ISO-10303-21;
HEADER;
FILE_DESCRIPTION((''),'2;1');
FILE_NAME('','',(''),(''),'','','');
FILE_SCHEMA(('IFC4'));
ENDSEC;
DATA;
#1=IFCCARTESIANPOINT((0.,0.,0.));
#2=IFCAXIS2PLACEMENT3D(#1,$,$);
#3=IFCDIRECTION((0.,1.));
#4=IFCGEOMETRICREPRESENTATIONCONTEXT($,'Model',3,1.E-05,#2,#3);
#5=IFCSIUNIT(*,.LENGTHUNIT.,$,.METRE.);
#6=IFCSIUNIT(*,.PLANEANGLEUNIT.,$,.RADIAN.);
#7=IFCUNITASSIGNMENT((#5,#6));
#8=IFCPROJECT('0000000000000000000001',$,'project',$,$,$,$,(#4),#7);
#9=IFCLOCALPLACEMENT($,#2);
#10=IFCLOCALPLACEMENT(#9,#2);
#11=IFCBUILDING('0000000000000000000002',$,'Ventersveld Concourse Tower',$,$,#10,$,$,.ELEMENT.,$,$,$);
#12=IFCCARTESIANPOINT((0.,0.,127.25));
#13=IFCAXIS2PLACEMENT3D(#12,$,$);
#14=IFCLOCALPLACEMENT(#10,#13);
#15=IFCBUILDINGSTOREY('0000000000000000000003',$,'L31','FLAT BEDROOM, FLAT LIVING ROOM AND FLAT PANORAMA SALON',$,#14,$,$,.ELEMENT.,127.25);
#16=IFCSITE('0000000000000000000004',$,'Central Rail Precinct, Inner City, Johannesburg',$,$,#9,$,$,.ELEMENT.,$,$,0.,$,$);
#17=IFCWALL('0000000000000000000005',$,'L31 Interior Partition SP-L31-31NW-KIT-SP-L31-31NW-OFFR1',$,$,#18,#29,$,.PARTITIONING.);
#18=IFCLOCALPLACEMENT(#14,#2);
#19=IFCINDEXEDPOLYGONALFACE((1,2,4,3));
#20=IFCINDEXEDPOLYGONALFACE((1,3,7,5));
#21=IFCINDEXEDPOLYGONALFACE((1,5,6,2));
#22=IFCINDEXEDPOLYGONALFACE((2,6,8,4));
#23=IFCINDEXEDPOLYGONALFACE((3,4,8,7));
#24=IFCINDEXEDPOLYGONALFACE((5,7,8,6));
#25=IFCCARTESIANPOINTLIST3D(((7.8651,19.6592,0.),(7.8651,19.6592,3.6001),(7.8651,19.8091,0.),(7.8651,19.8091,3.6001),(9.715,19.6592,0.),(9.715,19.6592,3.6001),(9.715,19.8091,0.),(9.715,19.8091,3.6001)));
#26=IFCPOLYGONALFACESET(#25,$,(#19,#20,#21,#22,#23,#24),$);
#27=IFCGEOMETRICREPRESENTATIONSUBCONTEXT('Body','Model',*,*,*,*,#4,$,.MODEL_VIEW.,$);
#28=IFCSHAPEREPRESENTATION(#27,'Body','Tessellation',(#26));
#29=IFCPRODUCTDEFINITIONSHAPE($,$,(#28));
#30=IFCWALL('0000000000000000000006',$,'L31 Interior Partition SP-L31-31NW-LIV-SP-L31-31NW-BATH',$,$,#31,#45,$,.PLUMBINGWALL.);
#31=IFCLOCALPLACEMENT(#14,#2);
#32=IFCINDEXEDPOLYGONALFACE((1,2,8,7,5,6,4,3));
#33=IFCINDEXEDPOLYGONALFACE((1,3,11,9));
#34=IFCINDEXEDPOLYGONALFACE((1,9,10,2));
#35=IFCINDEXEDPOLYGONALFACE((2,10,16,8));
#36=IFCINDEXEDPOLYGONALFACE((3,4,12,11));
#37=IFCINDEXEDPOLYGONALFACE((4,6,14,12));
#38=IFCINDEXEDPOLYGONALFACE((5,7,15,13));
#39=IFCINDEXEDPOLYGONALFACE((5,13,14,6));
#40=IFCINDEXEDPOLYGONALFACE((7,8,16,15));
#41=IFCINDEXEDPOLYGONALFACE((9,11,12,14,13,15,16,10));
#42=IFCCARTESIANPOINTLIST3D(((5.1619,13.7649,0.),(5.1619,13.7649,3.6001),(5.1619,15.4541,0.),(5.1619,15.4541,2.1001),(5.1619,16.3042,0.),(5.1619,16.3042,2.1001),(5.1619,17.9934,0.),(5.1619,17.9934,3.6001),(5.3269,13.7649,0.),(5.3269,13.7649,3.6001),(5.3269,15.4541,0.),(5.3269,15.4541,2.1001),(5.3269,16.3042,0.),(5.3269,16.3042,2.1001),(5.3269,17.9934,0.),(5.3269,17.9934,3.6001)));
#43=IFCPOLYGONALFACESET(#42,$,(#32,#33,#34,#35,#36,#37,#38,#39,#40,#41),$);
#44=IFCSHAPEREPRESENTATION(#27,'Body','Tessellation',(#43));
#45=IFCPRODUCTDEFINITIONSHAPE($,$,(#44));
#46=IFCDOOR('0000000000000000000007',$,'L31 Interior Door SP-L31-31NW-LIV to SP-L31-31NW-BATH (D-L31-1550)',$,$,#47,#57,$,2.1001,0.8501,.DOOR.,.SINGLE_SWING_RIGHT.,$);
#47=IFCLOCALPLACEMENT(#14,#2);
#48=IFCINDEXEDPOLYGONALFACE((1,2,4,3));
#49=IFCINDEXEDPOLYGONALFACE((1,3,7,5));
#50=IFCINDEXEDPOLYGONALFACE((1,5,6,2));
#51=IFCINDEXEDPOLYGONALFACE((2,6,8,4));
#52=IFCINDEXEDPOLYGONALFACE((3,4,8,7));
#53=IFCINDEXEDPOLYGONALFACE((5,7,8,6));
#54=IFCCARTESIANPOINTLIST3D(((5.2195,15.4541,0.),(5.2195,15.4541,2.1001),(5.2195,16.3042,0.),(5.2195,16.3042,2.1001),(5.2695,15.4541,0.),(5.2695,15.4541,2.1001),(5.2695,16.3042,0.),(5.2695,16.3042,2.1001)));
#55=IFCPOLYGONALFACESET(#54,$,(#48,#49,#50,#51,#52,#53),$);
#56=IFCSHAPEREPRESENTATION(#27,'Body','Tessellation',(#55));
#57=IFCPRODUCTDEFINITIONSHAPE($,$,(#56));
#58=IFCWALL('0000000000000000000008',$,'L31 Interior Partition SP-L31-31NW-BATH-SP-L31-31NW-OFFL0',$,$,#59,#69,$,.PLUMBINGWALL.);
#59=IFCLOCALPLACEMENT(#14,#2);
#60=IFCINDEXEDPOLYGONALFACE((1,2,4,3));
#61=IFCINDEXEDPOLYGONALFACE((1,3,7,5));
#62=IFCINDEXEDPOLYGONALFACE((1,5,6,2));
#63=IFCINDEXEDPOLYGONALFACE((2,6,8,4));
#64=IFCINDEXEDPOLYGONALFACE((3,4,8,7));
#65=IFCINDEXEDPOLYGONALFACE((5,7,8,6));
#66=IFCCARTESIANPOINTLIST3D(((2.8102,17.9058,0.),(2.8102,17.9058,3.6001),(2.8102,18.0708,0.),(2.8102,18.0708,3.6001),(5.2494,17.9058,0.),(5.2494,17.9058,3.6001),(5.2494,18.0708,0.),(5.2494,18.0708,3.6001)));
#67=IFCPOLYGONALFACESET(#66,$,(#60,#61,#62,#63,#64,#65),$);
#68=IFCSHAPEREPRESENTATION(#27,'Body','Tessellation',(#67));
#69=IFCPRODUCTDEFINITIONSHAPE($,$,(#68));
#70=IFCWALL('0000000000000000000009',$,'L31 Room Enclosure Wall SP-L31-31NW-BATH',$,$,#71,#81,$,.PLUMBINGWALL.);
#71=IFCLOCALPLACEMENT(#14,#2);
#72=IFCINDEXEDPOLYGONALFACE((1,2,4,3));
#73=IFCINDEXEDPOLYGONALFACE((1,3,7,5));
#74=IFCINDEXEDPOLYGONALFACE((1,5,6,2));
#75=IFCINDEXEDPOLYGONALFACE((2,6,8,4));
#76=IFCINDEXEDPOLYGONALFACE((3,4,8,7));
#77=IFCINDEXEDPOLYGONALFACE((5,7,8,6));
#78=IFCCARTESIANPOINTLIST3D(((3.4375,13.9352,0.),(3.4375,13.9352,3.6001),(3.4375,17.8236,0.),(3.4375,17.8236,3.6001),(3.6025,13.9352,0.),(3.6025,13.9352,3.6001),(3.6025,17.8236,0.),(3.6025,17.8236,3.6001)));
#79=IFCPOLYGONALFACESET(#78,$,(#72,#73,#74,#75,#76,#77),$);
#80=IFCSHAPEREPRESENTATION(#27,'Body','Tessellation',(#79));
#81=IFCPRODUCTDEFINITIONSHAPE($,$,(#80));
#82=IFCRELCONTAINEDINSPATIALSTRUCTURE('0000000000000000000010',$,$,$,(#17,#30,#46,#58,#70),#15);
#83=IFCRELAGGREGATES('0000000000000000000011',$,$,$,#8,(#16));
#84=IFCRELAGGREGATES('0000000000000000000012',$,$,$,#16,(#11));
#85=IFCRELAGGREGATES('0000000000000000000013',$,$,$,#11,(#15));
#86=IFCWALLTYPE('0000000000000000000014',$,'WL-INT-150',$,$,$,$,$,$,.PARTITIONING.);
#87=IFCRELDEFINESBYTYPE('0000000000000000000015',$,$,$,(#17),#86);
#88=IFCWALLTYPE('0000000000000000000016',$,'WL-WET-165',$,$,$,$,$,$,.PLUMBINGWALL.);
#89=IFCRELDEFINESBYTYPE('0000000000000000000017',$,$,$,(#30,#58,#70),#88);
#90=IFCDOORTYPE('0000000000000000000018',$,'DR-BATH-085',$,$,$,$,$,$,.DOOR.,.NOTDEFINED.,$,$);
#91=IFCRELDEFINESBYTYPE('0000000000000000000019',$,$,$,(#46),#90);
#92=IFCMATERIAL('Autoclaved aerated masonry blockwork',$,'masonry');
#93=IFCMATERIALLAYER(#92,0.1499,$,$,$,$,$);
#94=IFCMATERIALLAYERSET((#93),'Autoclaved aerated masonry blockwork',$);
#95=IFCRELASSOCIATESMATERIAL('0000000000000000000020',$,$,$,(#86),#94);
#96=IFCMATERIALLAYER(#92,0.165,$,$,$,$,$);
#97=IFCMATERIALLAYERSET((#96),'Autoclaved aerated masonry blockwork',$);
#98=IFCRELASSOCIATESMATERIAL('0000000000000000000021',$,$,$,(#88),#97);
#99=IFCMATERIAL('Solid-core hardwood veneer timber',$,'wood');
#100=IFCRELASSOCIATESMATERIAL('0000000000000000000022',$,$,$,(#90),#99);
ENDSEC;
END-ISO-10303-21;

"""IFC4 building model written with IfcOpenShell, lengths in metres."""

from ifc_helpers import new_model, si_unit, direction, frame, frame_2d, origin, place, context, subcontext, project, spatial, rectangle, extrude, material, layer, layer_set, type_object, element, fill, save


model = new_model("IFC4")

# Units and contexts
model_context = context("Model", 3, precision=1e-05, world=origin(), true_north=direction((0.0, 1.0)))
body_context = subcontext(model_context, "Body", "Model", "MODEL_VIEW")
ifc_project = project(units=[si_unit("LENGTHUNIT", "METRE"), si_unit("PLANEANGLEUNIT", "RADIAN")], contexts=[model_context])

# Site, building, storey
site_placement = place(None, origin())
site = spatial("IfcSite", under=ifc_project, at=site_placement, Name="Central Rail Precinct, Inner City, Johannesburg", CompositionType="ELEMENT", RefElevation=0.0)
building_placement = place(site_placement, origin())
building = spatial("IfcBuilding", under=site, at=building_placement, Name="Ventersveld Concourse Tower", CompositionType="ELEMENT")
storey_placement = place(building_placement, frame((0.0, 0.0, 127.25)))
storey = spatial("IfcBuildingStorey", under=building, at=storey_placement, Name="L31", Description="FLAT BEDROOM, FLAT LIVING ROOM AND FLAT PANORAMA SALON", CompositionType="ELEMENT", Elevation=127.25)

# Shared definitions
ifc_material_1 = material(Name="Solid-core hardwood veneer timber", Category="wood")

# Shared definitions
ifc_material_2 = material(Name="Autoclaved aerated masonry blockwork", Category="masonry")
ifc_layer_1 = layer(ifc_material_2, 0.1499)
ifc_layer_set_1 = layer_set([ifc_layer_1], Name="Autoclaved aerated masonry blockwork")
wall_type_1 = type_object("IfcWallType", Name="WL-INT-150", PredefinedType="PARTITIONING", material=ifc_layer_set_1)

# Wall
wall_1_placement = place(storey_placement, frame((7.8652, 19.7341, 0.0), z_axis=(0.0, 0.0, 1.0), x_axis=(1.0, 0.0, 0.0)))
element("IfcWall", 1, at=wall_1_placement, inside=storey, type_object=wall_type_1, Name="L31 Interior Partition SP-L31-31NW-KIT-SP-L31-31NW-OFFR1", PredefinedType="PARTITIONING", context=body_context, shape_type="SweptSolid", body=[
    extrude(rectangle(XDim=1.8499, YDim=0.1499, at=frame_2d((0.9248, 0.0))), origin(), (0.0, 0.0, 1.0), 3.6001),
])

# Wall, opening, door
ifc_layer_2 = layer(ifc_material_2, 0.165)
ifc_layer_set_2 = layer_set([ifc_layer_2], Name="Autoclaved aerated masonry blockwork")
wall_type_2 = type_object("IfcWallType", Name="WL-WET-165", PredefinedType="PLUMBINGWALL", material=ifc_layer_set_2)
wall_2_placement = place(storey_placement, frame((5.2444, 13.7649, 0.0), z_axis=(0.0, 0.0, 1.0), x_axis=(0.0, 1.0, 0.0)))
wall_2 = element("IfcWall", 2, at=wall_2_placement, inside=storey, type_object=wall_type_2, Name="L31 Interior Partition SP-L31-31NW-LIV-SP-L31-31NW-BATH", PredefinedType="PLUMBINGWALL", context=body_context, shape_type="SweptSolid", body=[
    extrude(rectangle(XDim=4.2285, YDim=0.165, at=frame_2d((2.1143, 0.0))), origin(), (0.0, 0.0, 1.0), 3.6001),
])
opening_1_placement = place(wall_2_placement, frame((1.6892, 0.0, 0.0)))
opening_1 = element("IfcOpeningElement", 3, at=opening_1_placement, cuts=wall_2, PredefinedType="OPENING", context=body_context, shape_type="SweptSolid", body=[
    extrude(rectangle(XDim=0.8501, YDim=2.1001, at=frame_2d((0.425, 1.05))), frame((0.0, 0.0925, 0.0), z_axis=(0.0, -1.0, 0.0), x_axis=(1.0, 0.0, 0.0)), (0.0, 0.0, 1.0), 0.1851),
])
door_type_1 = type_object("IfcDoorType", Name="DR-BATH-085", OperationType="NOTDEFINED", PredefinedType="DOOR", material=ifc_material_1)
door_1_placement = place(opening_1_placement, origin())
door_1 = element("IfcDoor", 4, at=door_1_placement, inside=storey, type_object=door_type_1, Name="L31 Interior Door SP-L31-31NW-LIV to SP-L31-31NW-BATH (D-L31-1550)", OperationType="SINGLE_SWING_RIGHT", OverallHeight=2.1001, OverallWidth=0.8501, PredefinedType="DOOR", context=body_context, shape_type="SweptSolid", body=[
    extrude(rectangle(XDim=0.8501, YDim=2.1001, at=frame_2d((0.425, 1.05))), frame((0.0, 0.0249, 0.0), z_axis=(0.0, -1.0, 0.0), x_axis=(1.0, 0.0, 0.0)), (0.0, 0.0, 1.0), 0.05),
])
fill(opening_1, door_1)

# Walls
wall_3_placement = place(storey_placement, frame((2.8101, 17.9883, 0.0), z_axis=(0.0, 0.0, 1.0), x_axis=(1.0, 0.0, 0.0)))
element("IfcWall", 5, at=wall_3_placement, inside=storey, type_object=wall_type_2, Name="L31 Interior Partition SP-L31-31NW-BATH-SP-L31-31NW-OFFL0", PredefinedType="PLUMBINGWALL", context=body_context, shape_type="SweptSolid", body=[
    extrude(rectangle(XDim=2.4392, YDim=0.165, at=frame_2d((1.2197, 0.0))), origin(), (0.0, 0.0, 1.0), 3.6001),
])
wall_4_placement = place(storey_placement, frame((3.52, 13.9351, 0.0), z_axis=(0.0, 0.0, 1.0), x_axis=(0.0, 1.0, 0.0)))
element("IfcWall", 6, at=wall_4_placement, inside=storey, type_object=wall_type_2, Name="L31 Room Enclosure Wall SP-L31-31NW-BATH", PredefinedType="PLUMBINGWALL", context=body_context, shape_type="SweptSolid", body=[
    extrude(rectangle(XDim=3.8884, YDim=0.165, at=frame_2d((1.9443, 0.0))), origin(), (0.0, 0.0, 1.0), 3.6001),
])

save(model, "model.ifc")
